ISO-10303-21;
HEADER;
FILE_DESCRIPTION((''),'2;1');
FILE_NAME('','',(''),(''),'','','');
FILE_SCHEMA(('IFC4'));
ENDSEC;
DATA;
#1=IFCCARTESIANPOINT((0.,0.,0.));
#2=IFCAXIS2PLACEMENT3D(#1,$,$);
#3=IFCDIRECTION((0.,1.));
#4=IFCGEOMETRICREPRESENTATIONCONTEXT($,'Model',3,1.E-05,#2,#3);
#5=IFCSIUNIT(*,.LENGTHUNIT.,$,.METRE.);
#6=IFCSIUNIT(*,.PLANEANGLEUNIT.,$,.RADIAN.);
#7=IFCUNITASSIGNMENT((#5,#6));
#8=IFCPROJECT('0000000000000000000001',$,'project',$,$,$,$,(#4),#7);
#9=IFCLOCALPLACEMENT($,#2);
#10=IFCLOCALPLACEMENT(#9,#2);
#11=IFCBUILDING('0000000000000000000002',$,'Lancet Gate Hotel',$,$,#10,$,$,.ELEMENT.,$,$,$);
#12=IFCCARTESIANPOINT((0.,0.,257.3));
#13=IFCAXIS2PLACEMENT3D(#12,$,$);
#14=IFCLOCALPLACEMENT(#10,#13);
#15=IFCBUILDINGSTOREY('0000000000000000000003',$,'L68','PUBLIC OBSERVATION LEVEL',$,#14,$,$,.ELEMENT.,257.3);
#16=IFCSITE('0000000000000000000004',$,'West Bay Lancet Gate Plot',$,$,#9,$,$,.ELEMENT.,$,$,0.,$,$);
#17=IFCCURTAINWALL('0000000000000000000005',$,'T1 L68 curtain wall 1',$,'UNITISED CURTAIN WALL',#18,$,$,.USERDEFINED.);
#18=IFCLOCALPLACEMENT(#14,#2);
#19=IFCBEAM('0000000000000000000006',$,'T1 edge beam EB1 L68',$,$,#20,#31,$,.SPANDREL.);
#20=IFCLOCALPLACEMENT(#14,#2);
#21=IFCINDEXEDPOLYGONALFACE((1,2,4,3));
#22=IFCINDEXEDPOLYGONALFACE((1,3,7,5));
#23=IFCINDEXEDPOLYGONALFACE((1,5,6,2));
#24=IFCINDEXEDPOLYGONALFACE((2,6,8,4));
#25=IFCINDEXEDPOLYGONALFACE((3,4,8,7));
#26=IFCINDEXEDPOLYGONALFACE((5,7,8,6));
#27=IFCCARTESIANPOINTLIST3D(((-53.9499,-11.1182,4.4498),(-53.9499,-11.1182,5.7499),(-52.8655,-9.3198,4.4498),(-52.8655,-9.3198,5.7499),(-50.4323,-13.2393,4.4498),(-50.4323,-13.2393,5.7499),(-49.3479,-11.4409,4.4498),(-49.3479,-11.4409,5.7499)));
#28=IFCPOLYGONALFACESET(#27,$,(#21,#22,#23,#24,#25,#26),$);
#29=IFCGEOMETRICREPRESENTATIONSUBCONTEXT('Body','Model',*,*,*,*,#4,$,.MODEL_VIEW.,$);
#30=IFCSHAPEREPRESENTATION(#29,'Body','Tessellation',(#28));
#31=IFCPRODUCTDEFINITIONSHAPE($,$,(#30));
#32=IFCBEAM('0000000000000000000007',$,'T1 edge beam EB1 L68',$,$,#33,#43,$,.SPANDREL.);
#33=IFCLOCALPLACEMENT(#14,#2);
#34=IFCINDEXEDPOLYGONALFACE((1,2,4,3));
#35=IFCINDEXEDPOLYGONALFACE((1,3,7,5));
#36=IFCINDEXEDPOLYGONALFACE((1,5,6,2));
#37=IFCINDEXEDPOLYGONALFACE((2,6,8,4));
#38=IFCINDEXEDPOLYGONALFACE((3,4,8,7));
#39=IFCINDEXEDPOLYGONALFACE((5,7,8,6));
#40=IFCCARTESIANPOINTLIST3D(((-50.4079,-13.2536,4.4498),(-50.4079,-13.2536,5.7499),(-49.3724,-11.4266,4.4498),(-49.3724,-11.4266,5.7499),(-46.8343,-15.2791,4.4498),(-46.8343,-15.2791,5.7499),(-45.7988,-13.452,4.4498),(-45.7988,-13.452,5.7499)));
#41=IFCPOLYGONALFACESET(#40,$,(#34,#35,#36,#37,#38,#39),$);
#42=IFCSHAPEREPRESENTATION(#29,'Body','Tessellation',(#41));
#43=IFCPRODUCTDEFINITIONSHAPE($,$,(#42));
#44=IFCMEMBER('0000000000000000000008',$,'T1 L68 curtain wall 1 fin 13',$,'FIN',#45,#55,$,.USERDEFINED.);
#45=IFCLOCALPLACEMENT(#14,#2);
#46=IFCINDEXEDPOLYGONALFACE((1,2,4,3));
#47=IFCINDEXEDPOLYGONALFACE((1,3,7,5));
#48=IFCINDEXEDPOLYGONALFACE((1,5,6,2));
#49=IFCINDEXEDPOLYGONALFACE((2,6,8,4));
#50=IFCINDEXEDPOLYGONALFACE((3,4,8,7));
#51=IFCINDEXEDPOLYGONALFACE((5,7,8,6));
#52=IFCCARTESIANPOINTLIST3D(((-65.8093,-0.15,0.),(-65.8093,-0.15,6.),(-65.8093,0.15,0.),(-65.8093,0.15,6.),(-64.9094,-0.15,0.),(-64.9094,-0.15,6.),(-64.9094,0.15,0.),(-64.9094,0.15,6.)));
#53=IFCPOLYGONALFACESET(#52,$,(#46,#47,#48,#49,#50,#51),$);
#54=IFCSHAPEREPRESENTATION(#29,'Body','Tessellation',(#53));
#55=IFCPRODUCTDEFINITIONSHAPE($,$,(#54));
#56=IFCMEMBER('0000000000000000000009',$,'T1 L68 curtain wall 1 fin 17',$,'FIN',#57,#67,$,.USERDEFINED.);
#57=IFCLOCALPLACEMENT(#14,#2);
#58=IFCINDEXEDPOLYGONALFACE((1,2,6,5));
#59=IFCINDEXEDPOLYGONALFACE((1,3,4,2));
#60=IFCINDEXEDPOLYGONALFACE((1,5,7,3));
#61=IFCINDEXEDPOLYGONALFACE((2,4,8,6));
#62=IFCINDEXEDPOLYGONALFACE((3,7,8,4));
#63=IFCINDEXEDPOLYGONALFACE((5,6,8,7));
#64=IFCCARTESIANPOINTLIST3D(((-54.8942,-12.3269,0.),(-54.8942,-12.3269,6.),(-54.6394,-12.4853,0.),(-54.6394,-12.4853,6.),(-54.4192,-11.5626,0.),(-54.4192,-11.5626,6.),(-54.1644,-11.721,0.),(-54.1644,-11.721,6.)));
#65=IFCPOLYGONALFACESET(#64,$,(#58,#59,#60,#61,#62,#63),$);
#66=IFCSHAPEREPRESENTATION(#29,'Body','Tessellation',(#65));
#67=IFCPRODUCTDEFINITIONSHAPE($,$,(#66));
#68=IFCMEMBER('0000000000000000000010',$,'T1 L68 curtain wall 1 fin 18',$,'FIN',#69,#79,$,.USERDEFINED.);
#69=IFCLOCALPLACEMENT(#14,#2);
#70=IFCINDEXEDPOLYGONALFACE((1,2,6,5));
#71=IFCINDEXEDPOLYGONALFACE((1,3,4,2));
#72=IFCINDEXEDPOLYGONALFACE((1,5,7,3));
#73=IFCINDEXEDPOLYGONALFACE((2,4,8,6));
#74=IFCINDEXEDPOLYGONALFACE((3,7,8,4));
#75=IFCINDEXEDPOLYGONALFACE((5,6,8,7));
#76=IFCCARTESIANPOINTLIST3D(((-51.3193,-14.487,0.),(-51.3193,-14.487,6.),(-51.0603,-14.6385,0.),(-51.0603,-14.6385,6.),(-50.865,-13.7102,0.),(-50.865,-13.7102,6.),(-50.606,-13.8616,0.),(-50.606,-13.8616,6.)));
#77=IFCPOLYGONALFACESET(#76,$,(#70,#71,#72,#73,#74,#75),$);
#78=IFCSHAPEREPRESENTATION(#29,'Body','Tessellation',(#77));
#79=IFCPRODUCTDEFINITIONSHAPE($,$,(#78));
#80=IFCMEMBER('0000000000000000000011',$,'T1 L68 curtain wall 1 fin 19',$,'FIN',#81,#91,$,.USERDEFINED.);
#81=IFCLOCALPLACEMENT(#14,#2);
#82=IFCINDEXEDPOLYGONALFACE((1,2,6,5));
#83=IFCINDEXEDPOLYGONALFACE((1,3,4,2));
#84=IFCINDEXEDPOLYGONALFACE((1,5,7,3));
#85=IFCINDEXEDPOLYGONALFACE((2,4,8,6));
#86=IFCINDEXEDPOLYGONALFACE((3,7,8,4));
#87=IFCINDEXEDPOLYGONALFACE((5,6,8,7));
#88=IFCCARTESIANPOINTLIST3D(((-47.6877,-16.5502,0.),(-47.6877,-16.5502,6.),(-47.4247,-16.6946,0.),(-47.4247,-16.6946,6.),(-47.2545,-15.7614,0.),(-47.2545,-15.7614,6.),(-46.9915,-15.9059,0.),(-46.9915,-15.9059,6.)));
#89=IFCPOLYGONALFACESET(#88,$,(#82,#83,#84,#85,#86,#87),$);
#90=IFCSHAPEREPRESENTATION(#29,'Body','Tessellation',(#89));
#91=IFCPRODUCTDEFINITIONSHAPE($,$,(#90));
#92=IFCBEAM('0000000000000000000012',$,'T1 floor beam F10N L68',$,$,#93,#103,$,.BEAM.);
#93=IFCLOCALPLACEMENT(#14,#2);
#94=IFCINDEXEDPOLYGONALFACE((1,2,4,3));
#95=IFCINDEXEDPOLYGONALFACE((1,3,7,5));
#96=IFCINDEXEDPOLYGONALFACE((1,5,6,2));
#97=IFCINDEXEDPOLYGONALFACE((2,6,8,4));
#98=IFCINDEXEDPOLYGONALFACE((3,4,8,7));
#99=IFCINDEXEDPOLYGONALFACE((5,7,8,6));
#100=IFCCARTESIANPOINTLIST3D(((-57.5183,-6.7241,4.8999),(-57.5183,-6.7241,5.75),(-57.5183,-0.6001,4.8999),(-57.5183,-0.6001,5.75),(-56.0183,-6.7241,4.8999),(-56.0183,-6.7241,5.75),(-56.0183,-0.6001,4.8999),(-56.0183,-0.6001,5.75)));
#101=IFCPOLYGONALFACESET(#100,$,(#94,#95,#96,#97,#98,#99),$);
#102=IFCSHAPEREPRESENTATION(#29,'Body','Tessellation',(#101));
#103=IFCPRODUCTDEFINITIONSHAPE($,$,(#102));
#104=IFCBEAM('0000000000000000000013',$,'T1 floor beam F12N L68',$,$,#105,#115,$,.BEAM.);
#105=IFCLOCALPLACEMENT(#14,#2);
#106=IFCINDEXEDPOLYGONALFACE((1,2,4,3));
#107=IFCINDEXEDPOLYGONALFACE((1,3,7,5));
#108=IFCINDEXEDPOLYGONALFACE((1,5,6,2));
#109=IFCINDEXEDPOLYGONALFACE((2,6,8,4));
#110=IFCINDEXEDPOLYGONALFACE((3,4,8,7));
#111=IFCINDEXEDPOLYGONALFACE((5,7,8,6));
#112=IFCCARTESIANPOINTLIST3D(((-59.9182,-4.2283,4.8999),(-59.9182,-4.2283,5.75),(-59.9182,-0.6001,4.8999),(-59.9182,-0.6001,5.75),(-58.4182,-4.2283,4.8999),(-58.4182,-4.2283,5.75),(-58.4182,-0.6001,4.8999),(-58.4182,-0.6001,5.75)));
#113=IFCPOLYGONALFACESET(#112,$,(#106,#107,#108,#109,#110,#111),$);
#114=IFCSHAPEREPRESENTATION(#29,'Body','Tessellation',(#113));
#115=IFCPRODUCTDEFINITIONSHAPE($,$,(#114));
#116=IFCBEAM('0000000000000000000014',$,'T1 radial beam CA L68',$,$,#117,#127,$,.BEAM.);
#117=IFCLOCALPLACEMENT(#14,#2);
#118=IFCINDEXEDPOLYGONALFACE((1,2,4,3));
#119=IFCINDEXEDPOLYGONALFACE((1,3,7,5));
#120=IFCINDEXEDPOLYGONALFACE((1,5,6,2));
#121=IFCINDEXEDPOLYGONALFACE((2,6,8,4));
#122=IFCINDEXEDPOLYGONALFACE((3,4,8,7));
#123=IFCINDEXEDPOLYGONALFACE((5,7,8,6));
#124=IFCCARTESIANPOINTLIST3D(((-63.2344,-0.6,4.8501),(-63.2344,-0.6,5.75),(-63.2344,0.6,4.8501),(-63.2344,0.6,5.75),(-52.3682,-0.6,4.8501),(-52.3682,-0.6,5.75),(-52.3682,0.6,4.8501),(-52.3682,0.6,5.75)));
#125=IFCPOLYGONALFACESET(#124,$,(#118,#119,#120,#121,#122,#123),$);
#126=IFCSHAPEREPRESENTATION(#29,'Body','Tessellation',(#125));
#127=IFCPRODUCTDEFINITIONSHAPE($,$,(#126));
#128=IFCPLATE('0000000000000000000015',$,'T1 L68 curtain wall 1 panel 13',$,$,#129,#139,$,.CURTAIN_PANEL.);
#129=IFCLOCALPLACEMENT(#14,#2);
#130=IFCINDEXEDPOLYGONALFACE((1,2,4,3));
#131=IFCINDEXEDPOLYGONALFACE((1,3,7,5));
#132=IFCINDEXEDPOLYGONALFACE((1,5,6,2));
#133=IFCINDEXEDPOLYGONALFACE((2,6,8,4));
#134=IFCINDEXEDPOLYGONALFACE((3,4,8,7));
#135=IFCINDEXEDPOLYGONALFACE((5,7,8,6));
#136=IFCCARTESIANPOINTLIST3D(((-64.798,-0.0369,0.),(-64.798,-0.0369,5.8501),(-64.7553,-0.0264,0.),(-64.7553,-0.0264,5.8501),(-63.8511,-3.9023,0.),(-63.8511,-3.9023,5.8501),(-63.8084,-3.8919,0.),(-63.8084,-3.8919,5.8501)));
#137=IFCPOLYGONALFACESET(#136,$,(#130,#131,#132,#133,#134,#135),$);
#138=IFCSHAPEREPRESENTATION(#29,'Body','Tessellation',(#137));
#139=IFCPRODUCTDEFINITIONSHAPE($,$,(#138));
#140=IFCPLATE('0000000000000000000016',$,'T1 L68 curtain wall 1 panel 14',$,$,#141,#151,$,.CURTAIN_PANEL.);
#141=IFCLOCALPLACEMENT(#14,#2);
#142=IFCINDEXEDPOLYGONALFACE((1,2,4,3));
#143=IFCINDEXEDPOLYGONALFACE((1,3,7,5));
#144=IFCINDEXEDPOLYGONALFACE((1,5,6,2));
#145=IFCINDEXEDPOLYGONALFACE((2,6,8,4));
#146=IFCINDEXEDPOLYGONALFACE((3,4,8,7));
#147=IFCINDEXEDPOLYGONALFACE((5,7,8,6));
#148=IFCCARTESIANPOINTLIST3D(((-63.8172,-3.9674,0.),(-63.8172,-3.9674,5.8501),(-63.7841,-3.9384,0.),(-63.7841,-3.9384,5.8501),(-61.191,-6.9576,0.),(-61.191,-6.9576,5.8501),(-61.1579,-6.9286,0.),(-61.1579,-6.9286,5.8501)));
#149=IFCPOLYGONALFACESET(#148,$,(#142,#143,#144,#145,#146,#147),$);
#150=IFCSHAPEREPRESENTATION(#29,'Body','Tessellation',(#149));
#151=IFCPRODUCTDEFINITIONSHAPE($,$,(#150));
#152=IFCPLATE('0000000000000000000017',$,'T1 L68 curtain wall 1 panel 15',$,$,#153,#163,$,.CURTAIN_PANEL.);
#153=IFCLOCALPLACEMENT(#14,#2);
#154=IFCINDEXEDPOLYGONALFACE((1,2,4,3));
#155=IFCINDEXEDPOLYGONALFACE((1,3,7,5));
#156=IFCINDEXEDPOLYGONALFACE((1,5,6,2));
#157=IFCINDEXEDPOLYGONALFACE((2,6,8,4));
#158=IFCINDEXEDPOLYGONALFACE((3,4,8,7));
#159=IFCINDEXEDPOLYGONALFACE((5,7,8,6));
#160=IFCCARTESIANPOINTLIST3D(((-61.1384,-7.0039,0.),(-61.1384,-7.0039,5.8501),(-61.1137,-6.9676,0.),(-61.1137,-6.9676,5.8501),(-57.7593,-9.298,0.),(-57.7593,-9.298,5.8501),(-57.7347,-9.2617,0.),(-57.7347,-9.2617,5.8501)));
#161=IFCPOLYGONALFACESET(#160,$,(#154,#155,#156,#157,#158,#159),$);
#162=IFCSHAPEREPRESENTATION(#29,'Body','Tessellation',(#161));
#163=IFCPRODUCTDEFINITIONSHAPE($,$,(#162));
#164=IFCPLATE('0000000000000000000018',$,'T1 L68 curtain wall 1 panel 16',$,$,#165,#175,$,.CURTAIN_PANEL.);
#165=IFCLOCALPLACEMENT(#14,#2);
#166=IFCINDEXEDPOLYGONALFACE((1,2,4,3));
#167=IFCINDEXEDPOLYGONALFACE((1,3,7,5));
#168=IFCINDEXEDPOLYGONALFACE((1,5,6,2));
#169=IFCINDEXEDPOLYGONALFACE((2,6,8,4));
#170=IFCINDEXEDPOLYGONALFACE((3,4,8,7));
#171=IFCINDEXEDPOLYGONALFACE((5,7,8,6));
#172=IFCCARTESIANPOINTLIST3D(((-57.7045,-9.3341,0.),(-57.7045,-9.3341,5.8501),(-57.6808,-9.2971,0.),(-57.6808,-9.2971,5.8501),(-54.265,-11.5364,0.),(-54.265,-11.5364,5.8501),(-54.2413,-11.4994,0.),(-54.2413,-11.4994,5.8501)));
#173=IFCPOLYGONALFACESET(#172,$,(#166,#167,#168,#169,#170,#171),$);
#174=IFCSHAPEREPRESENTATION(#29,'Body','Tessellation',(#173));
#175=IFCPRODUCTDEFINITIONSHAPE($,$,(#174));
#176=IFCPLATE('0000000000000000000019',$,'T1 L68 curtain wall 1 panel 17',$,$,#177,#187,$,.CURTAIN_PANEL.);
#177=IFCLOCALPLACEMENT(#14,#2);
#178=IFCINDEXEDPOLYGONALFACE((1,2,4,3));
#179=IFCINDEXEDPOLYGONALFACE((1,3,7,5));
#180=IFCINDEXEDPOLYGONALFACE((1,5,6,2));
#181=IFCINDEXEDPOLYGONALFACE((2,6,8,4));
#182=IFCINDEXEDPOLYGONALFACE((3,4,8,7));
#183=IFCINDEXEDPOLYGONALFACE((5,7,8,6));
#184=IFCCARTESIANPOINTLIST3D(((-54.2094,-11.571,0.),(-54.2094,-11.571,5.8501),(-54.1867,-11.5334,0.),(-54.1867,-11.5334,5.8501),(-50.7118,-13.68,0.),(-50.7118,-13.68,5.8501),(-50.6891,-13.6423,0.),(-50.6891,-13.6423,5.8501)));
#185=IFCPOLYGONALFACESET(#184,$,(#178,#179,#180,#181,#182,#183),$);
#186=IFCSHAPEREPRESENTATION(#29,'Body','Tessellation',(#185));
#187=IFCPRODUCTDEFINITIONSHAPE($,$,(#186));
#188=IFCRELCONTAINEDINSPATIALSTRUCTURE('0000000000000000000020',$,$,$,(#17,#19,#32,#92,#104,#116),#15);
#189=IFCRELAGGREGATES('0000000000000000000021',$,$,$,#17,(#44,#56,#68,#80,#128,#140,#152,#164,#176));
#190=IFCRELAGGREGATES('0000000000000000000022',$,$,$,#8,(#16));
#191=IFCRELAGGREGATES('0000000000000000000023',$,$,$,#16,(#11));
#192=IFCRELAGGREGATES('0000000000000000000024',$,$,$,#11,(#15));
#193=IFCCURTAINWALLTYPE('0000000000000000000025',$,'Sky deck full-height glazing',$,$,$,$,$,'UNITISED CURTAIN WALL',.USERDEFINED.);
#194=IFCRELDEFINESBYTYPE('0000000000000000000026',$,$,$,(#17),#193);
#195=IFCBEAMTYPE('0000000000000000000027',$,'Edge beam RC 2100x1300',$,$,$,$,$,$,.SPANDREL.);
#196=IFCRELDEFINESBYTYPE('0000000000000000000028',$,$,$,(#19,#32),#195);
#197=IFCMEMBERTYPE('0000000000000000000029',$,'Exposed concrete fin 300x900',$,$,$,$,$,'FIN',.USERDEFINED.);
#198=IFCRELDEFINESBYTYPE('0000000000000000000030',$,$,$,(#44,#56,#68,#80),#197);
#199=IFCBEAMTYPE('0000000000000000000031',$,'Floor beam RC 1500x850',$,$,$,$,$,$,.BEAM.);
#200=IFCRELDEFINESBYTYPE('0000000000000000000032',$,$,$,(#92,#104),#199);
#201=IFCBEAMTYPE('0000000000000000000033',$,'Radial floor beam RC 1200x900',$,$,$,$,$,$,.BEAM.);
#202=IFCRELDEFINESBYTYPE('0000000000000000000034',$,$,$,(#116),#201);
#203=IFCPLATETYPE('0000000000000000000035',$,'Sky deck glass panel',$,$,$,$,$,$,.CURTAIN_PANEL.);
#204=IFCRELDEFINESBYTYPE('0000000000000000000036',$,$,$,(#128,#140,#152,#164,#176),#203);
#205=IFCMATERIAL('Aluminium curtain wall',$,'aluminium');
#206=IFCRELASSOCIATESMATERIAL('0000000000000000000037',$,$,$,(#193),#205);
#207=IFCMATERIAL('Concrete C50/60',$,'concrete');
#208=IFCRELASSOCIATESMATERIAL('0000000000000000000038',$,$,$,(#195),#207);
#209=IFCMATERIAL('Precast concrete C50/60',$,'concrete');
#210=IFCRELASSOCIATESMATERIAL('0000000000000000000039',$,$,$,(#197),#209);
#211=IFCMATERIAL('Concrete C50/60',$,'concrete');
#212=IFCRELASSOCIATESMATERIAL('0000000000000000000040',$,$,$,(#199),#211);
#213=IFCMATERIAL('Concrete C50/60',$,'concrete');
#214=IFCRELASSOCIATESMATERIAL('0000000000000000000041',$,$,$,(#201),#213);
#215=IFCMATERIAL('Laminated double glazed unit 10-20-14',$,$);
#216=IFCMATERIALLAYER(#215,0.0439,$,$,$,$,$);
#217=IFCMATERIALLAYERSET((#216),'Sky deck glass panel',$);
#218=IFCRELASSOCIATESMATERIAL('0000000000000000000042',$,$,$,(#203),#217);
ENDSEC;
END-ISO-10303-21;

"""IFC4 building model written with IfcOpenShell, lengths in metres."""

from ifc_helpers import new_model, si_unit, direction, frame, origin, origin_2d, place, context, subcontext, project, spatial, rectangle, extrude, material, layer, layer_set, material_profile, profile_set, type_object, element, aggregate, save


model = new_model("IFC4")

# Units and contexts
model_context = context("Model", 3, precision=1e-05, world=origin(), true_north=direction((0.0, 1.0)))
body_context = subcontext(model_context, "Body", "Model", "MODEL_VIEW")
ifc_project = project(units=[si_unit("LENGTHUNIT", "METRE"), si_unit("PLANEANGLEUNIT", "RADIAN")], contexts=[model_context])

# Site, building, storey
site_placement = place(None, origin())
site = spatial("IfcSite", under=ifc_project, at=site_placement, Name="West Bay Lancet Gate Plot", CompositionType="ELEMENT", RefElevation=0.0)
building_placement = place(site_placement, origin())
building = spatial("IfcBuilding", under=site, at=building_placement, Name="Lancet Gate Hotel", CompositionType="ELEMENT")
storey_placement = place(building_placement, frame((0.0, 0.0, 257.3)))
storey = spatial("IfcBuildingStorey", under=building, at=storey_placement, Name="L68", Description="PUBLIC OBSERVATION LEVEL", CompositionType="ELEMENT", Elevation=257.3)

# Curtain wall
ifc_material_1 = material(Name="Aluminium curtain wall", Category="aluminium")
curtain_wall_type = type_object("IfcCurtainWallType", Name="Sky deck full-height glazing", ElementType="UNITISED CURTAIN WALL", PredefinedType="USERDEFINED", material=ifc_material_1)
curtain_wall_placement = place(storey_placement, origin())
curtain_wall = element("IfcCurtainWall", 1, at=curtain_wall_placement, inside=storey, type_object=curtain_wall_type, Name="T1 L68 curtain wall 1", ObjectType="UNITISED CURTAIN WALL", PredefinedType="USERDEFINED")

# Beams
ifc_material_2 = material(Name="Concrete C50/60", Category="concrete")
ifc_material_profile_1 = material_profile(ifc_material_2, rectangle(XDim=2.1001, YDim=1.3, at=origin_2d()), Name="RC 2100x1300")
ifc_profile_set_1 = profile_set([ifc_material_profile_1], Name="Concrete C50/60")
beam_type_1 = type_object("IfcBeamType", Name="Edge beam RC 2100x1300", PredefinedType="SPANDREL", material=ifc_profile_set_1)
for number, where, z_axis, x_axis, name in (
    (2, (-53.4077, -10.219, 5.0999), (0.856358, -0.516382, 0.0), (0.516382, 0.856358, 0.0), "T1 edge beam EB1 L68"),
    (3, (-49.8901, -12.3401, 5.0999), (0.869979, -0.493089, 0.0), (0.493089, 0.869979, 0.0), "T1 edge beam EB1 L68"),
):
    element("IfcBeam", number, at=place(storey_placement, frame(where, z_axis=z_axis, x_axis=x_axis)), inside=storey, type_object=beam_type_1, Name=name, PredefinedType="SPANDREL", context=body_context, shape_type="SweptSolid", body=[
        extrude(rectangle(XDim=2.1001, YDim=1.3, at=origin_2d()), origin(), (0.0, 0.0, 1.0), 4.1077),
    ])

# Members
ifc_material_3 = material(Name="Precast concrete C50/60", Category="concrete")
ifc_material_profile_2 = material_profile(ifc_material_3, rectangle(XDim=0.3, YDim=0.8999, at=origin_2d()), Name="FIN 300x900")
ifc_profile_set_2 = profile_set([ifc_material_profile_2], Name="Precast concrete C50/60")
member_type_1 = type_object("IfcMemberType", Name="Exposed concrete fin 300x900", ElementType="FIN", PredefinedType="USERDEFINED", material=ifc_profile_set_2)
member_1_placement = place(storey_placement, frame((-65.3594, 0.0, 0.0), z_axis=(0.0, 0.0, 1.0), x_axis=(0.0, -1.0, 0.0)))
member_1 = element("IfcMember", 4, at=member_1_placement, type_object=member_type_1, Name="T1 L68 curtain wall 1 fin 13", ObjectType="FIN", PredefinedType="USERDEFINED", context=body_context, shape_type="SweptSolid", body=[
    extrude(rectangle(XDim=0.3, YDim=0.8999, at=origin_2d()), origin(), (0.0, 0.0, 1.0), 6.0),
])
member_2_placement = place(storey_placement, frame((-54.5293, -12.0239, 0.0), z_axis=(0.0, 0.0, 1.0), x_axis=(0.849342, -0.527842, 0.0)))
member_2 = element("IfcMember", 5, at=member_2_placement, type_object=member_type_1, Name="T1 L68 curtain wall 1 fin 17", ObjectType="FIN", PredefinedType="USERDEFINED", context=body_context, shape_type="SweptSolid", body=[
    extrude(rectangle(XDim=0.3, YDim=0.8999, at=origin_2d()), origin(), (0.0, 0.0, 1.0), 6.0),
])
member_3_placement = place(storey_placement, frame((-50.9626, -14.1743, 0.0), z_axis=(0.0, 0.0, 1.0), x_axis=(0.863242, -0.50479, 0.0)))
member_3 = element("IfcMember", 6, at=member_3_placement, type_object=member_type_1, Name="T1 L68 curtain wall 1 fin 18", ObjectType="FIN", PredefinedType="USERDEFINED", context=body_context, shape_type="SweptSolid", body=[
    extrude(rectangle(XDim=0.3, YDim=0.8999, at=origin_2d()), origin(), (0.0, 0.0, 1.0), 6.0),
])
member_4_placement = place(storey_placement, frame((-47.3396, -16.228, 0.0), z_axis=(0.0, 0.0, 1.0), x_axis=(0.876516, -0.481372, 0.0)))
member_4 = element("IfcMember", 7, at=member_4_placement, type_object=member_type_1, Name="T1 L68 curtain wall 1 fin 19", ObjectType="FIN", PredefinedType="USERDEFINED", context=body_context, shape_type="SweptSolid", body=[
    extrude(rectangle(XDim=0.3, YDim=0.8999, at=origin_2d()), origin(), (0.0, 0.0, 1.0), 6.0),
])

# Beams
ifc_material_4 = material(Name="Concrete C50/60", Category="concrete")
ifc_material_profile_3 = material_profile(ifc_material_4, rectangle(XDim=1.5, YDim=0.8501, at=origin_2d()), Name="RC 1500x850")
ifc_profile_set_3 = profile_set([ifc_material_profile_3], Name="Concrete C50/60")
beam_type_2 = type_object("IfcBeamType", Name="Floor beam RC 1500x850", PredefinedType="BEAM", material=ifc_profile_set_3)
beam_1_placement = place(storey_placement, frame((-56.7683, -0.6001, 5.325), z_axis=(0.0, -1.0, 0.0), x_axis=(1.0, 0.0, 0.0)))
element("IfcBeam", 8, at=beam_1_placement, inside=storey, type_object=beam_type_2, Name="T1 floor beam F10N L68", PredefinedType="BEAM", context=body_context, shape_type="SweptSolid", body=[
    extrude(rectangle(XDim=1.5, YDim=0.8501, at=origin_2d()), origin(), (0.0, 0.0, 1.0), 6.124),
])
beam_2_placement = place(storey_placement, frame((-59.1682, -0.6001, 5.325), z_axis=(0.0, -1.0, 0.0), x_axis=(1.0, 0.0, 0.0)))
element("IfcBeam", 9, at=beam_2_placement, inside=storey, type_object=beam_type_2, Name="T1 floor beam F12N L68", PredefinedType="BEAM", context=body_context, shape_type="SweptSolid", body=[
    extrude(rectangle(XDim=1.5, YDim=0.8501, at=origin_2d()), origin(), (0.0, 0.0, 1.0), 3.6282),
])
ifc_material_5 = material(Name="Concrete C50/60", Category="concrete")
ifc_material_profile_4 = material_profile(ifc_material_5, rectangle(XDim=1.2, YDim=0.8999, at=origin_2d()), Name="RC 1200x900")
ifc_profile_set_4 = profile_set([ifc_material_profile_4], Name="Concrete C50/60")
beam_type_3 = type_object("IfcBeamType", Name="Radial floor beam RC 1200x900", PredefinedType="BEAM", material=ifc_profile_set_4)
beam_3_placement = place(storey_placement, frame((-63.2344, 0.0, 5.3), z_axis=(1.0, 0.0, 0.0), x_axis=(0.0, 1.0, 0.0)))
element("IfcBeam", 10, at=beam_3_placement, inside=storey, type_object=beam_type_3, Name="T1 radial beam CA L68", PredefinedType="BEAM", context=body_context, shape_type="SweptSolid", body=[
    extrude(rectangle(XDim=1.2, YDim=0.8999, at=origin_2d()), origin(), (0.0, 0.0, 1.0), 10.8662),
])

# Plates
ifc_material_6 = material(Name="Laminated double glazed unit 10-20-14")
ifc_layer_1 = layer(ifc_material_6, 0.0439)
ifc_layer_set_1 = layer_set([ifc_layer_1], Name="Sky deck glass panel")
plate_type = type_object("IfcPlateType", Name="Sky deck glass panel", PredefinedType="CURTAIN_PANEL", material=ifc_layer_set_1)
plate_1_placement = place(storey_placement, frame((-64.3032, -1.9644, 0.0), z_axis=(0.0, 0.0, 1.0), x_axis=(0.237921, -0.971285, 0.0)))
plate_1 = element("IfcPlate", 11, at=plate_1_placement, type_object=plate_type, Name="T1 L68 curtain wall 1 panel 13", PredefinedType="CURTAIN_PANEL", context=body_context, shape_type="SweptSolid", body=[
    extrude(rectangle(XDim=3.9797, YDim=0.0439, at=origin_2d()), origin(), (0.0, 0.0, 1.0), 5.8501),
])
plate_2_placement = place(storey_placement, frame((-62.4875, -5.448, 0.0), z_axis=(0.0, 0.0, 1.0), x_axis=(0.659892, -0.751361, 0.0)))
plate_2 = element("IfcPlate", 12, at=plate_2_placement, type_object=plate_type, Name="T1 L68 curtain wall 1 panel 14", PredefinedType="CURTAIN_PANEL", context=body_context, shape_type="SweptSolid", body=[
    extrude(rectangle(XDim=3.9797, YDim=0.0439, at=origin_2d()), origin(), (0.0, 0.0, 1.0), 5.8501),
])
plate_3_placement = place(storey_placement, frame((-59.4365, -8.1328, 0.0), z_axis=(0.0, 0.0, 1.0), x_axis=(0.827342, -0.561698, 0.0)))
plate_3 = element("IfcPlate", 13, at=plate_3_placement, type_object=plate_type, Name="T1 L68 curtain wall 1 panel 15", PredefinedType="CURTAIN_PANEL", context=body_context, shape_type="SweptSolid", body=[
    extrude(rectangle(XDim=4.0842, YDim=0.0439, at=origin_2d()), origin(), (0.0, 0.0, 1.0), 5.8501),
])
plate_4_placement = place(storey_placement, frame((-55.9729, -10.4167, 0.0), z_axis=(0.0, 0.0, 1.0), x_axis=(0.842161, -0.539226, 0.0)))
plate_4 = element("IfcPlate", 14, at=plate_4_placement, type_object=plate_type, Name="T1 L68 curtain wall 1 panel 16", PredefinedType="CURTAIN_PANEL", context=body_context, shape_type="SweptSolid", body=[
    extrude(rectangle(XDim=4.0842, YDim=0.0439, at=origin_2d()), origin(), (0.0, 0.0, 1.0), 5.8501),
])
plate_5_placement = place(storey_placement, frame((-52.4492, -12.6067, 0.0), z_axis=(0.0, 0.0, 1.0), x_axis=(0.85637, -0.516363, 0.0)))
plate_5 = element("IfcPlate", 15, at=plate_5_placement, type_object=plate_type, Name="T1 L68 curtain wall 1 panel 17", PredefinedType="CURTAIN_PANEL", context=body_context, shape_type="SweptSolid", body=[
    extrude(rectangle(XDim=4.0842, YDim=0.0439, at=origin_2d()), origin(), (0.0, 0.0, 1.0), 5.8501),
])
aggregate(curtain_wall, [member_1, member_2, member_3, member_4, plate_1, plate_2, plate_3, plate_4, plate_5])

save(model, "model.ifc")
